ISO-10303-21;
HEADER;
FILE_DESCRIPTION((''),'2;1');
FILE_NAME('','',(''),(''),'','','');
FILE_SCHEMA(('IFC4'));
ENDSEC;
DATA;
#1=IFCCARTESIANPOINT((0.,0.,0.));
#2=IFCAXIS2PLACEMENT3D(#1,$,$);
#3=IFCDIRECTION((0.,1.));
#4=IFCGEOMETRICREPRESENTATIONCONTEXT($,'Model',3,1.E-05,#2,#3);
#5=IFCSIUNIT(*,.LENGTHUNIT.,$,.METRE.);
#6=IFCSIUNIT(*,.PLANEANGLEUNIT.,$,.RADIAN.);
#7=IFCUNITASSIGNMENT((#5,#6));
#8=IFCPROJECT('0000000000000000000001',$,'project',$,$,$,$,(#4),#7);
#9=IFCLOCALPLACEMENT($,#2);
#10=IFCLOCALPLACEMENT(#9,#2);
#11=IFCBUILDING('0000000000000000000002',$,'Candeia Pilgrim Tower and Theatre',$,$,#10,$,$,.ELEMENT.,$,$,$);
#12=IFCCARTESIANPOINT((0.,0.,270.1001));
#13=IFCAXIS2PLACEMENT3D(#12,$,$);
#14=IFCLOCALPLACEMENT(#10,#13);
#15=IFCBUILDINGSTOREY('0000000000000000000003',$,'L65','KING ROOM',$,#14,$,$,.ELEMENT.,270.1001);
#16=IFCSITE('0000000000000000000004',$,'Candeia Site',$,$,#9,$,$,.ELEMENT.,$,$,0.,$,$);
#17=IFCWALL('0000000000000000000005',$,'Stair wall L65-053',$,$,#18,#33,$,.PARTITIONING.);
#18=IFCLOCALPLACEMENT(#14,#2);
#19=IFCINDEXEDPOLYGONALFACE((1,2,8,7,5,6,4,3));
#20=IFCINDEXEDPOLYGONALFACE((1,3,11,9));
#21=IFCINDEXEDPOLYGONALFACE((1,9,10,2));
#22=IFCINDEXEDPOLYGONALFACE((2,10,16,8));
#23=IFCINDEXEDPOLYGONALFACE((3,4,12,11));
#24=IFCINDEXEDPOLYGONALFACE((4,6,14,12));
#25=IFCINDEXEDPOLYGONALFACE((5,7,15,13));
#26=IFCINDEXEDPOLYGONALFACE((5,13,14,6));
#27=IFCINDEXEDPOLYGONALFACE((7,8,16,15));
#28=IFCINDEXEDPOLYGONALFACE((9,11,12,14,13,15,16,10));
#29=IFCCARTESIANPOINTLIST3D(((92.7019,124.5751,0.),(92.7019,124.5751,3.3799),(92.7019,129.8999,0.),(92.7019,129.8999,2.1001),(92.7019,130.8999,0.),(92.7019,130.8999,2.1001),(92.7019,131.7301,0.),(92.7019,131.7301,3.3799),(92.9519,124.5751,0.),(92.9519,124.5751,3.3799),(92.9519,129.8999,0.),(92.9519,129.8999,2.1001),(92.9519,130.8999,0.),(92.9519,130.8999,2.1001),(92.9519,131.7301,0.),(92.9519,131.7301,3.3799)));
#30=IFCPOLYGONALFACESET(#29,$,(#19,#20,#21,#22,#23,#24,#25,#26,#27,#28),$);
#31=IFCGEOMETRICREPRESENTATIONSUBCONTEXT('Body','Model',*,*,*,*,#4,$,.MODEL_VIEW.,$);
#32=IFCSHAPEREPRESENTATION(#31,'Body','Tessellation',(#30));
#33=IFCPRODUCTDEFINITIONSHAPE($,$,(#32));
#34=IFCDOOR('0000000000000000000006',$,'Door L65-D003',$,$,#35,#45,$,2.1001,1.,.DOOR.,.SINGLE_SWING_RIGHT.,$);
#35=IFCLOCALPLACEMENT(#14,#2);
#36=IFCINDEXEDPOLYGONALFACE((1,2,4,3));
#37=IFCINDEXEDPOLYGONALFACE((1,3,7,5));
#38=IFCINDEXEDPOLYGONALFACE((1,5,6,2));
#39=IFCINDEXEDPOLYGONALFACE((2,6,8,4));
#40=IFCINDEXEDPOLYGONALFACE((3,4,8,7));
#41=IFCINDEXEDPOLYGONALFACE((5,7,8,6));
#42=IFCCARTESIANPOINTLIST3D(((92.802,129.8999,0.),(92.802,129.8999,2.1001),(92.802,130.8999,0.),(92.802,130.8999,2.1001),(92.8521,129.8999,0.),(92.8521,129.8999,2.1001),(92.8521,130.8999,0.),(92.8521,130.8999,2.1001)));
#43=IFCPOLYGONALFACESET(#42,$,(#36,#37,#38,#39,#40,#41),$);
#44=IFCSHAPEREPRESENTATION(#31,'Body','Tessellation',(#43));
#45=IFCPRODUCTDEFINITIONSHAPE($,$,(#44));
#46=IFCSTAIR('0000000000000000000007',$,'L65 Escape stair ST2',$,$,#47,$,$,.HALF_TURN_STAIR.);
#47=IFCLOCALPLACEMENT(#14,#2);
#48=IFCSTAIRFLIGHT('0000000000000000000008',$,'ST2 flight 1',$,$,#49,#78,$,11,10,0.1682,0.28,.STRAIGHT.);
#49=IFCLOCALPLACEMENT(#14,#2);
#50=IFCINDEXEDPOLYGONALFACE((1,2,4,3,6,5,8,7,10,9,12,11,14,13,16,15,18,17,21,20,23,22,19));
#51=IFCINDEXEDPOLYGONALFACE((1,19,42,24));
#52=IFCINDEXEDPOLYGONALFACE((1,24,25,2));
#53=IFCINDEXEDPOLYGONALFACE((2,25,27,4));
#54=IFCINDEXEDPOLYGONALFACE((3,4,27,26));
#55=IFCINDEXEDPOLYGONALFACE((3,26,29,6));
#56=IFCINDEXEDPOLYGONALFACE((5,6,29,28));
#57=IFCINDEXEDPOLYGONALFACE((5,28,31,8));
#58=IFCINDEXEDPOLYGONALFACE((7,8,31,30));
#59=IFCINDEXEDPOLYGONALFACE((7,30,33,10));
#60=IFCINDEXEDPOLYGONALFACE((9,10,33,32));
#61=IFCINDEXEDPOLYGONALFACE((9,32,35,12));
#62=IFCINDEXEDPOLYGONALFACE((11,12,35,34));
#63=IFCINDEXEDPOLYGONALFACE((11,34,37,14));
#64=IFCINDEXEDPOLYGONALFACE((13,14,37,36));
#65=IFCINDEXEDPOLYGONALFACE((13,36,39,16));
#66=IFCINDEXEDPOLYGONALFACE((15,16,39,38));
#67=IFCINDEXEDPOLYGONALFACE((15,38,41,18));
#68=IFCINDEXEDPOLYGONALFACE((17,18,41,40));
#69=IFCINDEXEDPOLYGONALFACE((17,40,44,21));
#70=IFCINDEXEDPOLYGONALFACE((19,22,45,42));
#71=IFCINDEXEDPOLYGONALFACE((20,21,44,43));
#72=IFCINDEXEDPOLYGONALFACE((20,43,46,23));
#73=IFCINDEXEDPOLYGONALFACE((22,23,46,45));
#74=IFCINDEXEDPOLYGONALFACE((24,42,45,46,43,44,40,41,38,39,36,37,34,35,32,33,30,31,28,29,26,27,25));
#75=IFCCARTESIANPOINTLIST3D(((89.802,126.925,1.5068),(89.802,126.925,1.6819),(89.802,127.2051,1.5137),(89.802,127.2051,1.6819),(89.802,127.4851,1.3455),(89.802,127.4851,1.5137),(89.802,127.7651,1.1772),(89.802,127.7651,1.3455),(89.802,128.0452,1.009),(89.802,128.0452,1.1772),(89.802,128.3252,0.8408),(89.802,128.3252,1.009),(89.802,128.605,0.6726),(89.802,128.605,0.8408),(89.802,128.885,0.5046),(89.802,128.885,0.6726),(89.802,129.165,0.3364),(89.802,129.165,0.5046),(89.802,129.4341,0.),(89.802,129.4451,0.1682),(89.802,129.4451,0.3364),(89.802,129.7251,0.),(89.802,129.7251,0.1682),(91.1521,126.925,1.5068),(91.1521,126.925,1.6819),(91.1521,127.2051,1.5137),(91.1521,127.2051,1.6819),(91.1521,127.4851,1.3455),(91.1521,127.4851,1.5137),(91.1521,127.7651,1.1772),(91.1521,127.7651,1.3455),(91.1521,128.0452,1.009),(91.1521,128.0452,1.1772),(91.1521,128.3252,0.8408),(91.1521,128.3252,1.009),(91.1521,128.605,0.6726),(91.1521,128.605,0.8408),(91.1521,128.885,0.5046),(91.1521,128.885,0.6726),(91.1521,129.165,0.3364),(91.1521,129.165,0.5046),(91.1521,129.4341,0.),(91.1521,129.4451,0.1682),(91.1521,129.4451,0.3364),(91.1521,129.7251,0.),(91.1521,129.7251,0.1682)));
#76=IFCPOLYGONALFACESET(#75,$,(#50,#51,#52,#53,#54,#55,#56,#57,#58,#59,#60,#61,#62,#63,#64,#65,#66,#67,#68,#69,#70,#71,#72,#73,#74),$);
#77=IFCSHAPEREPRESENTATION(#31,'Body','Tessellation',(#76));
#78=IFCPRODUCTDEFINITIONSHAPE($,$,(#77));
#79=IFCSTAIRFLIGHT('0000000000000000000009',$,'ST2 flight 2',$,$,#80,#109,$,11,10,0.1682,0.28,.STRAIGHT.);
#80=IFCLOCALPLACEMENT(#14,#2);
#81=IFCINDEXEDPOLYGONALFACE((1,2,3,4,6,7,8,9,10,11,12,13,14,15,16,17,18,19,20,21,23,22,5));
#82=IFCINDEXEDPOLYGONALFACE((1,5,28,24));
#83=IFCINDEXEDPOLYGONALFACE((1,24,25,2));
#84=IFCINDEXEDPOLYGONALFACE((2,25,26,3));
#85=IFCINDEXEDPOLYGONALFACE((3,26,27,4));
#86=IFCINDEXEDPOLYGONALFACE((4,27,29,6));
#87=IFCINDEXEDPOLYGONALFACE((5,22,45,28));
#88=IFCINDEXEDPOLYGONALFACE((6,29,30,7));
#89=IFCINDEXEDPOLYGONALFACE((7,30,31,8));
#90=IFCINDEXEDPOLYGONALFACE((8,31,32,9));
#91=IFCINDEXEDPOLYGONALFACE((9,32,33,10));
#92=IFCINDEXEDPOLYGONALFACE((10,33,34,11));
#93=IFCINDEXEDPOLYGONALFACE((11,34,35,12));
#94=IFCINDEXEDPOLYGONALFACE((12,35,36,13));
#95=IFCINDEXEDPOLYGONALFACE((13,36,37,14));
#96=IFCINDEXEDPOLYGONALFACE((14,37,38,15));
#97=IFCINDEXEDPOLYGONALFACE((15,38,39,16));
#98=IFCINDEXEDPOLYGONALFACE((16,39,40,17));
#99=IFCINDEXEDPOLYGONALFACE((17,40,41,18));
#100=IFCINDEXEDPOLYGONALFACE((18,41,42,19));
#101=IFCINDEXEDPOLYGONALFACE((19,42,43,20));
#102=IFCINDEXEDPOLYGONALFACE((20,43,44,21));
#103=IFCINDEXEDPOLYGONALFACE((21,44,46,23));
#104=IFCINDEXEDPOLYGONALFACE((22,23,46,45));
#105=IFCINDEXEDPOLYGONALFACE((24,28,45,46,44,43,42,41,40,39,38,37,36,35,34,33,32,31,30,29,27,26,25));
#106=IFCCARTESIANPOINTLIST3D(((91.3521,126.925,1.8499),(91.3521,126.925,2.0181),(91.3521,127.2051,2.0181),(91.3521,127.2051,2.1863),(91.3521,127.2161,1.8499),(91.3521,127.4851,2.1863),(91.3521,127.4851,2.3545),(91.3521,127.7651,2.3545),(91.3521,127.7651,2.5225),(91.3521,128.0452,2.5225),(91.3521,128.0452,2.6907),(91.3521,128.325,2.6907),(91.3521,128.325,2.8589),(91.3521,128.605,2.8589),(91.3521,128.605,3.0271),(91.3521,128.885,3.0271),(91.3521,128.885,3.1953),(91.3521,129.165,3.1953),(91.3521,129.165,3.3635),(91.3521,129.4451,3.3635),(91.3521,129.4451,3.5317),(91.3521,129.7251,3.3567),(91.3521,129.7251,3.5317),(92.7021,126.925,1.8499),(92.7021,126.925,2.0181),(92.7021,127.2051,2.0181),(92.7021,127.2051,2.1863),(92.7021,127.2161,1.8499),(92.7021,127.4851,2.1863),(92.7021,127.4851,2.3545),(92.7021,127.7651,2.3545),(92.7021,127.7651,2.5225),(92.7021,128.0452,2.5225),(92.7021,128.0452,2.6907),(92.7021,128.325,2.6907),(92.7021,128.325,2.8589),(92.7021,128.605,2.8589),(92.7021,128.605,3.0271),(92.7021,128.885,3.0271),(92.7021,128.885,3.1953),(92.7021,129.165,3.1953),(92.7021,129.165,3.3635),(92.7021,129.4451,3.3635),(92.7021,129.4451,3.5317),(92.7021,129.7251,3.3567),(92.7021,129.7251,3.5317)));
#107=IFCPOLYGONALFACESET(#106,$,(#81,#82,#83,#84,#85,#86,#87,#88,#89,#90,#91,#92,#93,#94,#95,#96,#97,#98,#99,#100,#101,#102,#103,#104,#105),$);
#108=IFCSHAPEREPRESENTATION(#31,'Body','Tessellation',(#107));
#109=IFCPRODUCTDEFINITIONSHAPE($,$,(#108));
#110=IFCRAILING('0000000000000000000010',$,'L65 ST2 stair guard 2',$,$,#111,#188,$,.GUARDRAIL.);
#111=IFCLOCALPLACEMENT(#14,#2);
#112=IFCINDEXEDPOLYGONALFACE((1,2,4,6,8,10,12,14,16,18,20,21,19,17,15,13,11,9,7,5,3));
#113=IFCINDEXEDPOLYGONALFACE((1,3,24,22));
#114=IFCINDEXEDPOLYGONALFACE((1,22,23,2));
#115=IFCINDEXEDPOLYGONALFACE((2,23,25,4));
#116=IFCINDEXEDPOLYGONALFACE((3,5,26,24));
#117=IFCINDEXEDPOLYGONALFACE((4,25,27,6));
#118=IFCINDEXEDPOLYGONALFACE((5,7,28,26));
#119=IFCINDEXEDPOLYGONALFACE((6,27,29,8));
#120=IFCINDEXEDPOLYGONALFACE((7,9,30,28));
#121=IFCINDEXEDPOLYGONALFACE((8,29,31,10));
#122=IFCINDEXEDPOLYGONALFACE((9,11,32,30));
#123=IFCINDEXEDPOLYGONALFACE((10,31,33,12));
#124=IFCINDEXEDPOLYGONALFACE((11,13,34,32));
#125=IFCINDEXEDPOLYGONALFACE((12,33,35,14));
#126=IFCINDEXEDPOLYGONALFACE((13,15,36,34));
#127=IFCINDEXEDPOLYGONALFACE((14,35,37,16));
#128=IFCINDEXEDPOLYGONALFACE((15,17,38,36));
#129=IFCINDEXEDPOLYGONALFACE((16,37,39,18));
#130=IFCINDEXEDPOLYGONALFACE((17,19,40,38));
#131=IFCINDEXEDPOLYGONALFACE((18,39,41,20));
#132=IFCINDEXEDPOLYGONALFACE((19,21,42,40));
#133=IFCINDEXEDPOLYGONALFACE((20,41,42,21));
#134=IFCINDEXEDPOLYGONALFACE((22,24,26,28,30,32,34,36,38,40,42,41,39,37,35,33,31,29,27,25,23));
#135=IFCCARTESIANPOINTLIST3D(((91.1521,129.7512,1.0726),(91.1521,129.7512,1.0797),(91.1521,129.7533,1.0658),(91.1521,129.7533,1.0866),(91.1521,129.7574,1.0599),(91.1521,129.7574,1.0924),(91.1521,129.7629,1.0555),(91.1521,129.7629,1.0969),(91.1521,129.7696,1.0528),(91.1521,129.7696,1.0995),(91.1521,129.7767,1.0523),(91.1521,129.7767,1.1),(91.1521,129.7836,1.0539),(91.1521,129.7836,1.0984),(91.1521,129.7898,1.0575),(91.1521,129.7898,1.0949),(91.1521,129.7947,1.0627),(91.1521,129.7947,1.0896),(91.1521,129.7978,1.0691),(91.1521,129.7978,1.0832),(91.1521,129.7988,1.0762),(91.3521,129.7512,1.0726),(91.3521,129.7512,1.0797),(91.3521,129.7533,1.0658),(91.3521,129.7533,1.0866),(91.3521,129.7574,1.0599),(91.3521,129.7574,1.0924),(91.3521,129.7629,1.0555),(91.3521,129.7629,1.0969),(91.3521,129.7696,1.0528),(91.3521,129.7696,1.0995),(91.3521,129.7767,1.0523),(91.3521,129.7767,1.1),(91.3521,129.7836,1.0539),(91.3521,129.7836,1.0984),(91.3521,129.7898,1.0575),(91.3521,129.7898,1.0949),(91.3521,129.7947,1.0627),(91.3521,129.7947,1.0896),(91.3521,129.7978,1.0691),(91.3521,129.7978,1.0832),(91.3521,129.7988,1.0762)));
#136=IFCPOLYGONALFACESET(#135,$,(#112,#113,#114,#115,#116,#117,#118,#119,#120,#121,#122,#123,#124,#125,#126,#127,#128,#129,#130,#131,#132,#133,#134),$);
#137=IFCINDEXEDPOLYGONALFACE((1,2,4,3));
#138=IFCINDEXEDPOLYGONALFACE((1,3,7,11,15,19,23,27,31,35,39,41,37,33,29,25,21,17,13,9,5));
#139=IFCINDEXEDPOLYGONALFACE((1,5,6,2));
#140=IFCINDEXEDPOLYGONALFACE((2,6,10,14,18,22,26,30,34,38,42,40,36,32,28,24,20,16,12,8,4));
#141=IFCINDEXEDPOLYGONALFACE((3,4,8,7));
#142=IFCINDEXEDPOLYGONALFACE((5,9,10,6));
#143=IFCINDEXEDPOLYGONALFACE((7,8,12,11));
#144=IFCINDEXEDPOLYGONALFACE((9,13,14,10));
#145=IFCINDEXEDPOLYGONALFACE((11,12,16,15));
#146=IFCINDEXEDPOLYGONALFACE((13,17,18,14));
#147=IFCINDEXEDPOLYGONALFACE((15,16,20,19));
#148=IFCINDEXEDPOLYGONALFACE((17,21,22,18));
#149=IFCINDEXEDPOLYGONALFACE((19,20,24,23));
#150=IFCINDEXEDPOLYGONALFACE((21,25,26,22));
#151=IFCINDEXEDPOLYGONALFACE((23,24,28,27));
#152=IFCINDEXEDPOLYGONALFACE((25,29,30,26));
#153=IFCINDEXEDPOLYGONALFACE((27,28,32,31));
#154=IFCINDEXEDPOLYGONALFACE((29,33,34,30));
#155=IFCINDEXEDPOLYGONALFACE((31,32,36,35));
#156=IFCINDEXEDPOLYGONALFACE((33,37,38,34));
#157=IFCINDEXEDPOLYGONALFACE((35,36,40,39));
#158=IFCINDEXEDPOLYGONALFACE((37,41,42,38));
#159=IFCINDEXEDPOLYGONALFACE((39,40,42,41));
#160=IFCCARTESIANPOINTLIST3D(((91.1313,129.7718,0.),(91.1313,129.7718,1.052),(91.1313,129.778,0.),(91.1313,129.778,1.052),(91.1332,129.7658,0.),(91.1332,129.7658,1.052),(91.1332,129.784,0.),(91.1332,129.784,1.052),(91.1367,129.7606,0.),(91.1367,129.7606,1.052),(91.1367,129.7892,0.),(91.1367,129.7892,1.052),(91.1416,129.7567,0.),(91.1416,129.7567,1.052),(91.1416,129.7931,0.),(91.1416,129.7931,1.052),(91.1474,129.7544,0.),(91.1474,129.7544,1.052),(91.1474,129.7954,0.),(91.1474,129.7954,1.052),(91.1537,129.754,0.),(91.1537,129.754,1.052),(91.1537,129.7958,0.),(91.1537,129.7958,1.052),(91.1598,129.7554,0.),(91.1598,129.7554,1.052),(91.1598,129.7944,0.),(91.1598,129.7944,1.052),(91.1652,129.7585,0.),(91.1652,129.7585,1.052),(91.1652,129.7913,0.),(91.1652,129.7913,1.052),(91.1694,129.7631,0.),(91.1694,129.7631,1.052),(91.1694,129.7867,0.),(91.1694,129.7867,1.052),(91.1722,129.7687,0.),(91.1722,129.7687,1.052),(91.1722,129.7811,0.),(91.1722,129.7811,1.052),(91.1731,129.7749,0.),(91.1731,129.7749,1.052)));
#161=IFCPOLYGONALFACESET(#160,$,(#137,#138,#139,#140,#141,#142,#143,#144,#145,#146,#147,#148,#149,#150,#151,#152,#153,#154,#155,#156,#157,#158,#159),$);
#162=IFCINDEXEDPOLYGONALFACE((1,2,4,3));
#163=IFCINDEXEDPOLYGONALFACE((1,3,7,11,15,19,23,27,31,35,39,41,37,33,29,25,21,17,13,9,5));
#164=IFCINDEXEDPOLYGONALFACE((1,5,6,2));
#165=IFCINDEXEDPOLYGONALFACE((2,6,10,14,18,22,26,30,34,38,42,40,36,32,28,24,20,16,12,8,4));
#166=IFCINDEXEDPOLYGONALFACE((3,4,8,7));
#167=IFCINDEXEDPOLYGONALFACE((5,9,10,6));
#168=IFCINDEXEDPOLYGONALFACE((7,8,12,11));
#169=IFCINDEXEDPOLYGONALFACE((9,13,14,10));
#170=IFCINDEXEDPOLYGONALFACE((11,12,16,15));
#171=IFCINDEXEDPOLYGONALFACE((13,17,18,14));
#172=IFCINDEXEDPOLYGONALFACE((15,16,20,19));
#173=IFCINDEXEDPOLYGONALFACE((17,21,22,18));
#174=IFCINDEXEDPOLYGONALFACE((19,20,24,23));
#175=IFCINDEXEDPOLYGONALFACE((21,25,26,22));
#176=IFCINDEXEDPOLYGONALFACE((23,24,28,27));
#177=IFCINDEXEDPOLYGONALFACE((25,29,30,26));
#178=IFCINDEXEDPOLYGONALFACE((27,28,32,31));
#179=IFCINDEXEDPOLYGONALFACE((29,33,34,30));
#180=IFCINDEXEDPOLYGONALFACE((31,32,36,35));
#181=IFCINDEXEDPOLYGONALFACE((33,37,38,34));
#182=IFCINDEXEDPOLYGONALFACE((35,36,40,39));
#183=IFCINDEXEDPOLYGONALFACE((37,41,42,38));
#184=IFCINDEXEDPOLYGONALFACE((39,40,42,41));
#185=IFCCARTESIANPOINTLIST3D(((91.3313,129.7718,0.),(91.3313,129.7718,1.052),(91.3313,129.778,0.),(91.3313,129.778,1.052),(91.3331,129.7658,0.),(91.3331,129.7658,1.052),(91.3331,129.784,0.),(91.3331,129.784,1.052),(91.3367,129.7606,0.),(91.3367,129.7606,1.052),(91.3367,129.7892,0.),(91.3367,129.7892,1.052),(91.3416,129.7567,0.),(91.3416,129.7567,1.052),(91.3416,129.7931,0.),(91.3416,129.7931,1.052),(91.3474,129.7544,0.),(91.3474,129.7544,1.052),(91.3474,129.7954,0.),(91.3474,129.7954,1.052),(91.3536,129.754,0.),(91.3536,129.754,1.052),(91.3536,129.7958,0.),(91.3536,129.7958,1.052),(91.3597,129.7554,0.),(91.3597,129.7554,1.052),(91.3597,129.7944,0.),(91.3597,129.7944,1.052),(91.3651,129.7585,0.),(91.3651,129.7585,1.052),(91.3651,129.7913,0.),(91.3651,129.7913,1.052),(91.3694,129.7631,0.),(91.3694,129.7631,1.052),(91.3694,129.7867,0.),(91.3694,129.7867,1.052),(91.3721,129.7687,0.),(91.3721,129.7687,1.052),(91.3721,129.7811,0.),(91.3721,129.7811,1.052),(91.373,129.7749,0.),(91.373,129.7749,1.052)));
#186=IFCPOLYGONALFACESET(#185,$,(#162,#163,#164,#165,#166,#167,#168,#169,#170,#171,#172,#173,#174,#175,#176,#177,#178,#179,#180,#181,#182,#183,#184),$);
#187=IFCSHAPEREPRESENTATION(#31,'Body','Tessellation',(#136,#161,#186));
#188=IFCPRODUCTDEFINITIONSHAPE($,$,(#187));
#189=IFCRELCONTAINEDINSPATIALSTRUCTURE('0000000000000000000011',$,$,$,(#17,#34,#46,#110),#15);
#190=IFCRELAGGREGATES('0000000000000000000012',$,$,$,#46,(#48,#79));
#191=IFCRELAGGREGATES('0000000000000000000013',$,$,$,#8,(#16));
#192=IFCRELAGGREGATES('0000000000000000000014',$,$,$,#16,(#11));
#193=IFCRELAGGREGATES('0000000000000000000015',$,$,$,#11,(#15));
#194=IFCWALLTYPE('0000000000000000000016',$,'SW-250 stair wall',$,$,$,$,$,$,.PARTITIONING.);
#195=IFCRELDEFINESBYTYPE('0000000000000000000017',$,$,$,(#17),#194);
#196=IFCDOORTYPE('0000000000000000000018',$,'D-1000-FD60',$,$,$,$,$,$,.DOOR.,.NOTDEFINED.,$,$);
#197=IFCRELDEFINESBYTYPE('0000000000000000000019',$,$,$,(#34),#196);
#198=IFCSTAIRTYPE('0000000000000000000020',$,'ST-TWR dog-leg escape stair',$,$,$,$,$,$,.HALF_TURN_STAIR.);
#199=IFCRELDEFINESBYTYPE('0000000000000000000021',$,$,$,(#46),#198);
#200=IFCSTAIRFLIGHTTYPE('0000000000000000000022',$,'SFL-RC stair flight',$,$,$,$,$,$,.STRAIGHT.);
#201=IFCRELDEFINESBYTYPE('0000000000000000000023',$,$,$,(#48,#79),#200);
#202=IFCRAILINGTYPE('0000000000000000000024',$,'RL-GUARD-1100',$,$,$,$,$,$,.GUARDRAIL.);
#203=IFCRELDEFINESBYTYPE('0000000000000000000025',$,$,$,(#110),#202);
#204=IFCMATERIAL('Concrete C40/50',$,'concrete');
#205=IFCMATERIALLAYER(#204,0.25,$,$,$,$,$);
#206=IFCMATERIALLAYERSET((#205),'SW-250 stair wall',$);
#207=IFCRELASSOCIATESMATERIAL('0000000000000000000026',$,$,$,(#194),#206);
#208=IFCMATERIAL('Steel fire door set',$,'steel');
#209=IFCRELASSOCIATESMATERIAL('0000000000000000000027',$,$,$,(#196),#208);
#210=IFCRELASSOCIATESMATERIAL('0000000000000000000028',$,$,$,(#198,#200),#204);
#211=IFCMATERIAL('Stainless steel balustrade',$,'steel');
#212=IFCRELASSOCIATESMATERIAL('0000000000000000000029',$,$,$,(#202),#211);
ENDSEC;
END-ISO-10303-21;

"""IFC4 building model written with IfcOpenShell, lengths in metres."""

from ifc_helpers import new_model, si_unit, direction, frame, frame_2d, origin, origin_2d, place, context, subcontext, project, spatial, polyline, rectangle, circle, outline, extrude, material, layer, layer_set, type_object, element, fill, aggregate, save


model = new_model("IFC4")

# Units and contexts
model_context = context("Model", 3, precision=1e-05, world=origin(), true_north=direction((0.0, 1.0)))
body_context = subcontext(model_context, "Body", "Model", "MODEL_VIEW")
ifc_project = project(units=[si_unit("LENGTHUNIT", "METRE"), si_unit("PLANEANGLEUNIT", "RADIAN")], contexts=[model_context])

# Site, building, storey
site_placement = place(None, origin())
site = spatial("IfcSite", under=ifc_project, at=site_placement, Name="Candeia Site", CompositionType="ELEMENT", RefElevation=0.0)
building_placement = place(site_placement, origin())
building = spatial("IfcBuilding", under=site, at=building_placement, Name="Candeia Pilgrim Tower and Theatre", CompositionType="ELEMENT")
storey_placement = place(building_placement, frame((0.0, 0.0, 270.1001)))
storey = spatial("IfcBuildingStorey", under=building, at=storey_placement, Name="L65", Description="KING ROOM", CompositionType="ELEMENT", Elevation=270.1001)

# Shared definitions
ifc_material_1 = material(Name="Concrete C40/50", Category="concrete")

# Shared definitions
ifc_material_2 = material(Name="Steel fire door set", Category="steel")

# Shared definitions
ifc_layer_1 = layer(ifc_material_1, 0.25)
ifc_layer_set_1 = layer_set([ifc_layer_1], Name="SW-250 stair wall")
wall_type_1 = type_object("IfcWallType", Name="SW-250 stair wall", PredefinedType="PARTITIONING", material=ifc_layer_set_1)

# Wall, opening, door
wall_1_placement = place(storey_placement, frame((92.8269, 124.575, 0.0), z_axis=(0.0, 0.0, 1.0), x_axis=(0.0, 1.0, 0.0)))
wall_1 = element("IfcWall", 1, at=wall_1_placement, inside=storey, type_object=wall_type_1, Name="Stair wall L65-053", PredefinedType="PARTITIONING", context=body_context, shape_type="SweptSolid", body=[
    extrude(rectangle(XDim=7.155, YDim=0.25, at=frame_2d((3.5776, 0.0))), origin(), (0.0, 0.0, 1.0), 3.3799),
])
opening_1_placement = place(wall_1_placement, frame((5.325, 0.0, 0.0)))
opening_1 = element("IfcOpeningElement", 2, at=opening_1_placement, cuts=wall_1, PredefinedType="OPENING", context=body_context, shape_type="SweptSolid", body=[
    extrude(rectangle(XDim=1.0, YDim=2.1001, at=frame_2d((0.5, 1.05))), frame((0.0, 0.135, 0.0), z_axis=(0.0, -1.0, 0.0), x_axis=(1.0, 0.0, 0.0)), (0.0, 0.0, 1.0), 0.27),
])
door_type_1 = type_object("IfcDoorType", Name="D-1000-FD60", OperationType="NOTDEFINED", PredefinedType="DOOR", material=ifc_material_2)
door_1_placement = place(opening_1_placement, origin())
door_1 = element("IfcDoor", 3, at=door_1_placement, inside=storey, type_object=door_type_1, Name="Door L65-D003", OperationType="SINGLE_SWING_RIGHT", OverallHeight=2.1001, OverallWidth=1.0, PredefinedType="DOOR", context=body_context, shape_type="SweptSolid", body=[
    extrude(rectangle(XDim=1.0, YDim=2.1001, at=frame_2d((0.5, 1.05))), frame((0.0, 0.0249, 0.0), z_axis=(0.0, -1.0, 0.0), x_axis=(1.0, 0.0, 0.0)), (0.0, 0.0, 1.0), 0.05),
])
fill(opening_1, door_1)

# Stair, stair flights
stair_type = type_object("IfcStairType", Name="ST-TWR dog-leg escape stair", PredefinedType="HALF_TURN_STAIR", material=ifc_material_1)
stair_placement = place(storey_placement, origin())
stair = element("IfcStair", 4, at=stair_placement, inside=storey, type_object=stair_type, Name="L65 Escape stair ST2", PredefinedType="HALF_TURN_STAIR")
stair_flight_type = type_object("IfcStairFlightType", Name="SFL-RC stair flight", PredefinedType="STRAIGHT", material=ifc_material_1)
stair_flight_1_placement = place(storey_placement, frame((90.4771, 129.7251, 0.0), z_axis=(0.0, 0.0, 1.0), x_axis=(0.0, -1.0, 0.0)))
stair_flight_1 = element("IfcStairFlight", 5, at=stair_flight_1_placement, type_object=stair_flight_type, Name="ST2 flight 1", NumberOfRisers=11, NumberOfTreads=10, PredefinedType="STRAIGHT", RiserHeight=0.1682, TreadLength=0.28, context=body_context, shape_type="SweptSolid", body=[
    extrude(outline(polyline([(0.0, 0.0), (0.0, 0.1682), (0.28, 0.1682), (0.28, 0.3364), (0.5601, 0.3364), (0.5601, 0.5046), (0.8401, 0.5046), (0.8401, 0.6726), (1.1201, 0.6726), (1.1201, 0.8408), (1.3999, 0.8408), (1.3999, 1.009), (1.6799, 1.009), (1.6799, 1.1772), (1.96, 1.1772), (1.96, 1.3455), (2.24, 1.3455), (2.24, 1.5137), (2.52, 1.5137), (2.52, 1.6819), (2.8, 1.6819), (2.8, 1.8501), (2.8, 1.5068), (0.291, 0.0), (0.0, 0.0)])), frame((0.0, 0.675, 0.0), z_axis=(0.0, -1.0, 0.0), x_axis=(1.0, 0.0, 0.0)), (0.0, 0.0, 1.0), 1.3501),
])
stair_flight_2_placement = place(storey_placement, frame((92.0271, 126.925, 1.8499), z_axis=(0.0, 0.0, 1.0), x_axis=(0.0, 1.0, 0.0)))
stair_flight_2 = element("IfcStairFlight", 6, at=stair_flight_2_placement, type_object=stair_flight_type, Name="ST2 flight 2", NumberOfRisers=11, NumberOfTreads=10, PredefinedType="STRAIGHT", RiserHeight=0.1682, TreadLength=0.28, context=body_context, shape_type="SweptSolid", body=[
    extrude(outline(polyline([(0.0, 0.0), (0.0, 0.1682), (0.28, 0.1682), (0.28, 0.3364), (0.5601, 0.3364), (0.5601, 0.5046), (0.8401, 0.5046), (0.8401, 0.6726), (1.1201, 0.6726), (1.1201, 0.8408), (1.3999, 0.8408), (1.3999, 1.009), (1.6799, 1.009), (1.6799, 1.1772), (1.96, 1.1772), (1.96, 1.3455), (2.24, 1.3455), (2.24, 1.5137), (2.52, 1.5137), (2.52, 1.6819), (2.8, 1.6819), (2.8, 1.8501), (2.8, 1.5068), (0.291, 0.0), (0.0, 0.0)])), frame((0.0, 0.675, 0.0), z_axis=(0.0, -1.0, 0.0), x_axis=(1.0, 0.0, 0.0)), (0.0, 0.0, 1.0), 1.3501),
])
aggregate(stair, [stair_flight_1, stair_flight_2])

# Railing
ifc_material_3 = material(Name="Stainless steel balustrade", Category="steel")
railing_type_1 = type_object("IfcRailingType", Name="RL-GUARD-1100", PredefinedType="GUARDRAIL", material=ifc_material_3)
railing_1_placement = place(storey_placement, frame((91.1521, 129.7749, 0.0)))
element("IfcRailing", 7, at=railing_1_placement, inside=storey, type_object=railing_type_1, Name="L65 ST2 stair guard 2", PredefinedType="GUARDRAIL", context=body_context, shape_type="SweptSolid", body=[
    extrude(circle(Radius=0.0239, at=origin_2d()), frame((0.0, 0.0, 1.0762), z_axis=(1.0, 0.0, 0.0), x_axis=(0.0, 1.0, 0.0)), (0.0, 0.0, 1.0), 0.2),
    extrude(circle(Radius=0.021, at=origin_2d()), origin(), (0.0, 0.0, 1.0), 1.052),
    extrude(circle(Radius=0.021, at=origin_2d()), frame((0.2, 0.0, 0.0)), (0.0, 0.0, 1.0), 1.052),
])

save(model, "model.ifc")
